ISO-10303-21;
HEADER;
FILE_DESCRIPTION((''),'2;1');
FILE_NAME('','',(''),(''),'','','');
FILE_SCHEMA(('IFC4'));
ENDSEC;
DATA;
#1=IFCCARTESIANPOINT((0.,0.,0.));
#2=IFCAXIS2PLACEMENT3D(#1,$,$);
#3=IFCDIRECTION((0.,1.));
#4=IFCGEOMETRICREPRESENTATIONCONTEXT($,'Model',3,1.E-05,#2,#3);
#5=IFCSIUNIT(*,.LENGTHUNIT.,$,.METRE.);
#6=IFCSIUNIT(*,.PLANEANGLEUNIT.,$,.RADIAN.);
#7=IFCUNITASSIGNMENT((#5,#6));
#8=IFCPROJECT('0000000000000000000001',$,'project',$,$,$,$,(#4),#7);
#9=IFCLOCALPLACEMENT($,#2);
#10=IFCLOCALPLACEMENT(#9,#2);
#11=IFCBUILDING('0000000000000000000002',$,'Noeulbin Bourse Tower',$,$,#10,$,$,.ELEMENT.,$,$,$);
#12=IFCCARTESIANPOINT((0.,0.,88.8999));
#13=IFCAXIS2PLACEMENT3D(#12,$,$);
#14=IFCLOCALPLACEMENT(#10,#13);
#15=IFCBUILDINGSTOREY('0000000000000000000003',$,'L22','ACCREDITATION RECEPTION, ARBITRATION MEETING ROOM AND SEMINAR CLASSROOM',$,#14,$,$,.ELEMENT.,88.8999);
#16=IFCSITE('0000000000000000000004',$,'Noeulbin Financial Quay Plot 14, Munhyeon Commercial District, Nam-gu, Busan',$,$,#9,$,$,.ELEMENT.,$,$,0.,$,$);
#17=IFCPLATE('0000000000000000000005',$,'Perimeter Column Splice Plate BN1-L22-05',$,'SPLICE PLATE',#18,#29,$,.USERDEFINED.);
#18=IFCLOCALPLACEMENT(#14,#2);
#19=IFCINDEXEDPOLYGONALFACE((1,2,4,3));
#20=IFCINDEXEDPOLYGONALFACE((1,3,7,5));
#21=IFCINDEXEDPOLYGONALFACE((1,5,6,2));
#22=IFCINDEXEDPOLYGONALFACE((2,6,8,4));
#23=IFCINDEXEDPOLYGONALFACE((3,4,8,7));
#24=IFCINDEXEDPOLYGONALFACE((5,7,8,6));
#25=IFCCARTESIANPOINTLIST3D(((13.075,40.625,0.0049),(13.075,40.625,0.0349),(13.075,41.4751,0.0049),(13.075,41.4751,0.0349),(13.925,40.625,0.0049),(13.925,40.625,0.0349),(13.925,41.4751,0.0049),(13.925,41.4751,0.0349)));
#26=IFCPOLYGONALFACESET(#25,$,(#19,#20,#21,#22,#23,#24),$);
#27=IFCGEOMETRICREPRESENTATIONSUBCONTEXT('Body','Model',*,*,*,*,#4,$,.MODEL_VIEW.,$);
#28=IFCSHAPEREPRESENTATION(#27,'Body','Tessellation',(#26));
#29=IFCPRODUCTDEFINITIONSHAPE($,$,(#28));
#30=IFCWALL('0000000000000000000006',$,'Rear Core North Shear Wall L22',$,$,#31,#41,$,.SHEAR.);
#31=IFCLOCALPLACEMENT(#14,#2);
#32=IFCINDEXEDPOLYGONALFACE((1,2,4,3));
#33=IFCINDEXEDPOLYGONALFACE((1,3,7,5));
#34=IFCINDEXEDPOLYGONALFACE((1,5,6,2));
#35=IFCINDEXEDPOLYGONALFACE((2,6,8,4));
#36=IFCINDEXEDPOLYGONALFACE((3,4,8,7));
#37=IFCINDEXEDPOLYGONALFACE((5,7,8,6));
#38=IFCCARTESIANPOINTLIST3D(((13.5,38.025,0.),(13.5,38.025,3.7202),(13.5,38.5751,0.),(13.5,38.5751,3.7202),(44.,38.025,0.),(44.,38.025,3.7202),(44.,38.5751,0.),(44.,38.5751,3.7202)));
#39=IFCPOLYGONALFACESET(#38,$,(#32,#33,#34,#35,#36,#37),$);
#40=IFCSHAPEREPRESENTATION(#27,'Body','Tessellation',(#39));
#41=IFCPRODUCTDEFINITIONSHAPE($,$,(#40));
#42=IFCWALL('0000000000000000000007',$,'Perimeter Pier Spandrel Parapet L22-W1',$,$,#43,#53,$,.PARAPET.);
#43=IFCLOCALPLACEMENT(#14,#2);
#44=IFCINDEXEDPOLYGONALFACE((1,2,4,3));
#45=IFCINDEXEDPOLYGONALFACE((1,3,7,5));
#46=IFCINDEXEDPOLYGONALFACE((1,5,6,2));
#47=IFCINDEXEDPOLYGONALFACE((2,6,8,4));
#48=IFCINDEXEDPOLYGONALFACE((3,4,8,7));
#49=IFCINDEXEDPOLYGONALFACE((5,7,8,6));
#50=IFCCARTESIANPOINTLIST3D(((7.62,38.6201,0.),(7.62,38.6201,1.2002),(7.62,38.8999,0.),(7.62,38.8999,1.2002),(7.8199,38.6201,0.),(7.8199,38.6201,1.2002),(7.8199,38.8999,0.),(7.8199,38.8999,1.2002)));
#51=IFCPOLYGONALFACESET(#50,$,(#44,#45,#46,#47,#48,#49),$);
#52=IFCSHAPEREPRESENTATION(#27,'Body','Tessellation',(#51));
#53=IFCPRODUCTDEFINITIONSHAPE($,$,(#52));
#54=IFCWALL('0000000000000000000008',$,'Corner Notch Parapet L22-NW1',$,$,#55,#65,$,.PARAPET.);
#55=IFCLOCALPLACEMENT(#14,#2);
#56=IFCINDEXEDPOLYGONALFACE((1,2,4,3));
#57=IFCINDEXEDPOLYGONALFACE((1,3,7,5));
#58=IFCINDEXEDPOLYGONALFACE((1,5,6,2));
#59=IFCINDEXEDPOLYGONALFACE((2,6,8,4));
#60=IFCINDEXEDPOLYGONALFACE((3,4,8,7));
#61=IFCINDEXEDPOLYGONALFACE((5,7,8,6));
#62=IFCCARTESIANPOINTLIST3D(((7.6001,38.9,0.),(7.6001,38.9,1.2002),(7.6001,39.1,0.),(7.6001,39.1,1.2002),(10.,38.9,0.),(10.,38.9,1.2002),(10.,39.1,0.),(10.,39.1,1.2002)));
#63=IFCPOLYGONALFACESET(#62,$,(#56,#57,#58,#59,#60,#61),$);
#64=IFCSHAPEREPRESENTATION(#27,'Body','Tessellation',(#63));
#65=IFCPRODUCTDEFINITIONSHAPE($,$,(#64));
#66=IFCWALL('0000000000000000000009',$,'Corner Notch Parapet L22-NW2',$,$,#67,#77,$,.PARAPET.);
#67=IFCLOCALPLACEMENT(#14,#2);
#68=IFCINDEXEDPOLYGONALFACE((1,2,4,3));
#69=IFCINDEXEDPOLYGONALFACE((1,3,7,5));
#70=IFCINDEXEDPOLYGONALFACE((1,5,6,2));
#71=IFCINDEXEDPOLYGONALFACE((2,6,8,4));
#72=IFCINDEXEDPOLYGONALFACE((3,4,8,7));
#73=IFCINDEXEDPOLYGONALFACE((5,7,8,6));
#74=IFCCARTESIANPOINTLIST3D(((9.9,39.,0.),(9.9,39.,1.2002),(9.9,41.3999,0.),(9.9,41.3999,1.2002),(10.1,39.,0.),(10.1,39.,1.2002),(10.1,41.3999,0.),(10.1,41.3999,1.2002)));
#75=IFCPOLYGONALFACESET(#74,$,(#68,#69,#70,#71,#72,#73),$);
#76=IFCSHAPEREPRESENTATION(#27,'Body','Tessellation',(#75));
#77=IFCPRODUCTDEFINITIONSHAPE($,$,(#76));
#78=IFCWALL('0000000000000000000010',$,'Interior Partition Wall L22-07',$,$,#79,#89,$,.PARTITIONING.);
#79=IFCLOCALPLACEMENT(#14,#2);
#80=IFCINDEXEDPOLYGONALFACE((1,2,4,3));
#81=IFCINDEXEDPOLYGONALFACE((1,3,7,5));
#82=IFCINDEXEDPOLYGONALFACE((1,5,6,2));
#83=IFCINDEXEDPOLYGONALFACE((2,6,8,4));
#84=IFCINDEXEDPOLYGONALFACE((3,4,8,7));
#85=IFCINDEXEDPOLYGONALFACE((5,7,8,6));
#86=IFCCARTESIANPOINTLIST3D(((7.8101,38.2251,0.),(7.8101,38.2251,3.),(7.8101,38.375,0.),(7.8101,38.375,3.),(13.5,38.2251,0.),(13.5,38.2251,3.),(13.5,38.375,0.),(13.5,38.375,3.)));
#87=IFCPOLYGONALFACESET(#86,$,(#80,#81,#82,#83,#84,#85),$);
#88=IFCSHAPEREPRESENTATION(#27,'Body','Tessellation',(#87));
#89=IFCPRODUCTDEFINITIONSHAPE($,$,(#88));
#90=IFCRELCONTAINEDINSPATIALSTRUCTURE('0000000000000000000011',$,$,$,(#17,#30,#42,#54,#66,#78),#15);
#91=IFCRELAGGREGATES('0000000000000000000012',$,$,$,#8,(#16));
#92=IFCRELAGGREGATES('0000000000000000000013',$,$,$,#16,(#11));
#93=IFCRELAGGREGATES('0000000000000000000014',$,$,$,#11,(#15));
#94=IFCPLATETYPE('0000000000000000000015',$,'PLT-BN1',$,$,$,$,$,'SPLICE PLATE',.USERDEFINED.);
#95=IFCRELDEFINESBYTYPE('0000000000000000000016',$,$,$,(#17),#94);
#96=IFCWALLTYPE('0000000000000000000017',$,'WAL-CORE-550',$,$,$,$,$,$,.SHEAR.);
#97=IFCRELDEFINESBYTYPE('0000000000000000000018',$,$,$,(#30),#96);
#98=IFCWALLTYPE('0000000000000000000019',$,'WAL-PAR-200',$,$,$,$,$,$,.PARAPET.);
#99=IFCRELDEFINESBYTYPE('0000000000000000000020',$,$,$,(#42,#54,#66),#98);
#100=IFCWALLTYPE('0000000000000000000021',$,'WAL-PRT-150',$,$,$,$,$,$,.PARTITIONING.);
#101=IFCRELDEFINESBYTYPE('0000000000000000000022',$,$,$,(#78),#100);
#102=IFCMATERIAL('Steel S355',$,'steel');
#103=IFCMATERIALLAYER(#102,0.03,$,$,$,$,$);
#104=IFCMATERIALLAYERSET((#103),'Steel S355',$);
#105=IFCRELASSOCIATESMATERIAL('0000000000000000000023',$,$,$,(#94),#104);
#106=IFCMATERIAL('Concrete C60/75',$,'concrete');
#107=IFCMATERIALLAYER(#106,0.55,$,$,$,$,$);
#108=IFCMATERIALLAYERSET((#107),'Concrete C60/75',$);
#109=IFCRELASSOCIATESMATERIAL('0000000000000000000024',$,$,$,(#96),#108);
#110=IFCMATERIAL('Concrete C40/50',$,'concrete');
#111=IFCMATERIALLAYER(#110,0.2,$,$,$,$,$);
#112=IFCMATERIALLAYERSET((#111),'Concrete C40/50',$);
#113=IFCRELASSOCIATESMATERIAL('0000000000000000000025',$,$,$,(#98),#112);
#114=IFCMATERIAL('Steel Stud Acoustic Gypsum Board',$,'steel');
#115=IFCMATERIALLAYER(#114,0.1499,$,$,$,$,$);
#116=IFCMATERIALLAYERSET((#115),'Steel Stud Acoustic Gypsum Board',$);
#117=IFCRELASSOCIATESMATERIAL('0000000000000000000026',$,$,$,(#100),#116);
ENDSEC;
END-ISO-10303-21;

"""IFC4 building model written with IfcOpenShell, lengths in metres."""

from ifc_helpers import new_model, si_unit, direction, frame, frame_2d, origin, origin_2d, place, context, subcontext, project, spatial, rectangle, extrude, material, layer, layer_set, type_object, element, save


model = new_model("IFC4")

# Units and contexts
model_context = context("Model", 3, precision=1e-05, world=origin(), true_north=direction((0.0, 1.0)))
body_context = subcontext(model_context, "Body", "Model", "MODEL_VIEW")
ifc_project = project(units=[si_unit("LENGTHUNIT", "METRE"), si_unit("PLANEANGLEUNIT", "RADIAN")], contexts=[model_context])

# Site, building, storey
site_placement = place(None, origin())
site = spatial("IfcSite", under=ifc_project, at=site_placement, Name="Noeulbin Financial Quay Plot 14, Munhyeon Commercial District, Nam-gu, Busan", CompositionType="ELEMENT", RefElevation=0.0)
building_placement = place(site_placement, origin())
building = spatial("IfcBuilding", under=site, at=building_placement, Name="Noeulbin Bourse Tower", CompositionType="ELEMENT")
storey_placement = place(building_placement, frame((0.0, 0.0, 88.8999)))
storey = spatial("IfcBuildingStorey", under=building, at=storey_placement, Name="L22", Description="ACCREDITATION RECEPTION, ARBITRATION MEETING ROOM AND SEMINAR CLASSROOM", CompositionType="ELEMENT", Elevation=88.8999)

# Shared definitions
ifc_material_1 = material(Name="Steel S355", Category="steel")

# Plate
ifc_layer_1 = layer(ifc_material_1, 0.03)
ifc_layer_set_1 = layer_set([ifc_layer_1], Name="Steel S355")
plate_type_1 = type_object("IfcPlateType", Name="PLT-BN1", ElementType="SPLICE PLATE", PredefinedType="USERDEFINED", material=ifc_layer_set_1)
for number, where, z_axis, x_axis, name in (
    (1, (13.5, 41.05, 0.0049), (0.0, 0.0, 1.0), (1.0, 0.0, 0.0), "Perimeter Column Splice Plate BN1-L22-05"),
):
    element("IfcPlate", number, at=place(storey_placement, frame(where, z_axis=z_axis, x_axis=x_axis)), inside=storey, type_object=plate_type_1, Name=name, ObjectType="SPLICE PLATE", PredefinedType="USERDEFINED", context=body_context, shape_type="SweptSolid", body=[
        extrude(rectangle(XDim=0.8501, YDim=0.8501, at=origin_2d()), origin(), (0.0, 0.0, 1.0), 0.03),
    ])

# Walls
ifc_material_2 = material(Name="Concrete C60/75", Category="concrete")
ifc_layer_2 = layer(ifc_material_2, 0.55)
ifc_layer_set_2 = layer_set([ifc_layer_2], Name="Concrete C60/75")
wall_type_1 = type_object("IfcWallType", Name="WAL-CORE-550", PredefinedType="SHEAR", material=ifc_layer_set_2)
wall_1_placement = place(storey_placement, frame((13.5, 38.3, 0.0), z_axis=(0.0, 0.0, 1.0), x_axis=(1.0, 0.0, 0.0)))
element("IfcWall", 2, at=wall_1_placement, inside=storey, type_object=wall_type_1, Name="Rear Core North Shear Wall L22", PredefinedType="SHEAR", context=body_context, shape_type="SweptSolid", body=[
    extrude(rectangle(XDim=30.5, YDim=0.55, at=frame_2d((15.25, 0.0))), origin(), (0.0, 0.0, 1.0), 3.7202),
])
ifc_material_3 = material(Name="Concrete C40/50", Category="concrete")
ifc_layer_3 = layer(ifc_material_3, 0.2)
ifc_layer_set_3 = layer_set([ifc_layer_3], Name="Concrete C40/50")
wall_type_2 = type_object("IfcWallType", Name="WAL-PAR-200", PredefinedType="PARAPET", material=ifc_layer_set_3)
wall_2_placement = place(storey_placement, frame((7.72, 38.6201, 0.0), z_axis=(0.0, 0.0, 1.0), x_axis=(0.0, 1.0, 0.0)))
element("IfcWall", 3, at=wall_2_placement, inside=storey, type_object=wall_type_2, Name="Perimeter Pier Spandrel Parapet L22-W1", PredefinedType="PARAPET", context=body_context, shape_type="SweptSolid", body=[
    extrude(rectangle(XDim=0.2798, YDim=0.2, at=frame_2d((0.1399, 0.0))), origin(), (0.0, 0.0, 1.0), 1.2002),
])
for number, where, z_axis, x_axis, name in (
    (4, (7.6001, 39.0, 0.0), (0.0, 0.0, 1.0), (1.0, 0.0, 0.0), "Corner Notch Parapet L22-NW1"),
    (5, (10.0, 39.0, 0.0), (0.0, 0.0, 1.0), (0.0, 1.0, 0.0), "Corner Notch Parapet L22-NW2"),
):
    element("IfcWall", number, at=place(storey_placement, frame(where, z_axis=z_axis, x_axis=x_axis)), inside=storey, type_object=wall_type_2, Name=name, PredefinedType="PARAPET", context=body_context, shape_type="SweptSolid", body=[
        extrude(rectangle(XDim=2.3999, YDim=0.2, at=frame_2d((1.2, 0.0))), origin(), (0.0, 0.0, 1.0), 1.2002),
    ])
ifc_material_4 = material(Name="Steel Stud Acoustic Gypsum Board", Category="steel")
ifc_layer_4 = layer(ifc_material_4, 0.1499)
ifc_layer_set_4 = layer_set([ifc_layer_4], Name="Steel Stud Acoustic Gypsum Board")
wall_type_3 = type_object("IfcWallType", Name="WAL-PRT-150", PredefinedType="PARTITIONING", material=ifc_layer_set_4)
wall_3_placement = place(storey_placement, frame((7.8101, 38.3, 0.0), z_axis=(0.0, 0.0, 1.0), x_axis=(1.0, 0.0, 0.0)))
element("IfcWall", 6, at=wall_3_placement, inside=storey, type_object=wall_type_3, Name="Interior Partition Wall L22-07", PredefinedType="PARTITIONING", context=body_context, shape_type="SweptSolid", body=[
    extrude(rectangle(XDim=5.6899, YDim=0.1499, at=frame_2d((2.845, 0.0))), origin(), (0.0, 0.0, 1.0), 3.0),
])

save(model, "model.ifc")
